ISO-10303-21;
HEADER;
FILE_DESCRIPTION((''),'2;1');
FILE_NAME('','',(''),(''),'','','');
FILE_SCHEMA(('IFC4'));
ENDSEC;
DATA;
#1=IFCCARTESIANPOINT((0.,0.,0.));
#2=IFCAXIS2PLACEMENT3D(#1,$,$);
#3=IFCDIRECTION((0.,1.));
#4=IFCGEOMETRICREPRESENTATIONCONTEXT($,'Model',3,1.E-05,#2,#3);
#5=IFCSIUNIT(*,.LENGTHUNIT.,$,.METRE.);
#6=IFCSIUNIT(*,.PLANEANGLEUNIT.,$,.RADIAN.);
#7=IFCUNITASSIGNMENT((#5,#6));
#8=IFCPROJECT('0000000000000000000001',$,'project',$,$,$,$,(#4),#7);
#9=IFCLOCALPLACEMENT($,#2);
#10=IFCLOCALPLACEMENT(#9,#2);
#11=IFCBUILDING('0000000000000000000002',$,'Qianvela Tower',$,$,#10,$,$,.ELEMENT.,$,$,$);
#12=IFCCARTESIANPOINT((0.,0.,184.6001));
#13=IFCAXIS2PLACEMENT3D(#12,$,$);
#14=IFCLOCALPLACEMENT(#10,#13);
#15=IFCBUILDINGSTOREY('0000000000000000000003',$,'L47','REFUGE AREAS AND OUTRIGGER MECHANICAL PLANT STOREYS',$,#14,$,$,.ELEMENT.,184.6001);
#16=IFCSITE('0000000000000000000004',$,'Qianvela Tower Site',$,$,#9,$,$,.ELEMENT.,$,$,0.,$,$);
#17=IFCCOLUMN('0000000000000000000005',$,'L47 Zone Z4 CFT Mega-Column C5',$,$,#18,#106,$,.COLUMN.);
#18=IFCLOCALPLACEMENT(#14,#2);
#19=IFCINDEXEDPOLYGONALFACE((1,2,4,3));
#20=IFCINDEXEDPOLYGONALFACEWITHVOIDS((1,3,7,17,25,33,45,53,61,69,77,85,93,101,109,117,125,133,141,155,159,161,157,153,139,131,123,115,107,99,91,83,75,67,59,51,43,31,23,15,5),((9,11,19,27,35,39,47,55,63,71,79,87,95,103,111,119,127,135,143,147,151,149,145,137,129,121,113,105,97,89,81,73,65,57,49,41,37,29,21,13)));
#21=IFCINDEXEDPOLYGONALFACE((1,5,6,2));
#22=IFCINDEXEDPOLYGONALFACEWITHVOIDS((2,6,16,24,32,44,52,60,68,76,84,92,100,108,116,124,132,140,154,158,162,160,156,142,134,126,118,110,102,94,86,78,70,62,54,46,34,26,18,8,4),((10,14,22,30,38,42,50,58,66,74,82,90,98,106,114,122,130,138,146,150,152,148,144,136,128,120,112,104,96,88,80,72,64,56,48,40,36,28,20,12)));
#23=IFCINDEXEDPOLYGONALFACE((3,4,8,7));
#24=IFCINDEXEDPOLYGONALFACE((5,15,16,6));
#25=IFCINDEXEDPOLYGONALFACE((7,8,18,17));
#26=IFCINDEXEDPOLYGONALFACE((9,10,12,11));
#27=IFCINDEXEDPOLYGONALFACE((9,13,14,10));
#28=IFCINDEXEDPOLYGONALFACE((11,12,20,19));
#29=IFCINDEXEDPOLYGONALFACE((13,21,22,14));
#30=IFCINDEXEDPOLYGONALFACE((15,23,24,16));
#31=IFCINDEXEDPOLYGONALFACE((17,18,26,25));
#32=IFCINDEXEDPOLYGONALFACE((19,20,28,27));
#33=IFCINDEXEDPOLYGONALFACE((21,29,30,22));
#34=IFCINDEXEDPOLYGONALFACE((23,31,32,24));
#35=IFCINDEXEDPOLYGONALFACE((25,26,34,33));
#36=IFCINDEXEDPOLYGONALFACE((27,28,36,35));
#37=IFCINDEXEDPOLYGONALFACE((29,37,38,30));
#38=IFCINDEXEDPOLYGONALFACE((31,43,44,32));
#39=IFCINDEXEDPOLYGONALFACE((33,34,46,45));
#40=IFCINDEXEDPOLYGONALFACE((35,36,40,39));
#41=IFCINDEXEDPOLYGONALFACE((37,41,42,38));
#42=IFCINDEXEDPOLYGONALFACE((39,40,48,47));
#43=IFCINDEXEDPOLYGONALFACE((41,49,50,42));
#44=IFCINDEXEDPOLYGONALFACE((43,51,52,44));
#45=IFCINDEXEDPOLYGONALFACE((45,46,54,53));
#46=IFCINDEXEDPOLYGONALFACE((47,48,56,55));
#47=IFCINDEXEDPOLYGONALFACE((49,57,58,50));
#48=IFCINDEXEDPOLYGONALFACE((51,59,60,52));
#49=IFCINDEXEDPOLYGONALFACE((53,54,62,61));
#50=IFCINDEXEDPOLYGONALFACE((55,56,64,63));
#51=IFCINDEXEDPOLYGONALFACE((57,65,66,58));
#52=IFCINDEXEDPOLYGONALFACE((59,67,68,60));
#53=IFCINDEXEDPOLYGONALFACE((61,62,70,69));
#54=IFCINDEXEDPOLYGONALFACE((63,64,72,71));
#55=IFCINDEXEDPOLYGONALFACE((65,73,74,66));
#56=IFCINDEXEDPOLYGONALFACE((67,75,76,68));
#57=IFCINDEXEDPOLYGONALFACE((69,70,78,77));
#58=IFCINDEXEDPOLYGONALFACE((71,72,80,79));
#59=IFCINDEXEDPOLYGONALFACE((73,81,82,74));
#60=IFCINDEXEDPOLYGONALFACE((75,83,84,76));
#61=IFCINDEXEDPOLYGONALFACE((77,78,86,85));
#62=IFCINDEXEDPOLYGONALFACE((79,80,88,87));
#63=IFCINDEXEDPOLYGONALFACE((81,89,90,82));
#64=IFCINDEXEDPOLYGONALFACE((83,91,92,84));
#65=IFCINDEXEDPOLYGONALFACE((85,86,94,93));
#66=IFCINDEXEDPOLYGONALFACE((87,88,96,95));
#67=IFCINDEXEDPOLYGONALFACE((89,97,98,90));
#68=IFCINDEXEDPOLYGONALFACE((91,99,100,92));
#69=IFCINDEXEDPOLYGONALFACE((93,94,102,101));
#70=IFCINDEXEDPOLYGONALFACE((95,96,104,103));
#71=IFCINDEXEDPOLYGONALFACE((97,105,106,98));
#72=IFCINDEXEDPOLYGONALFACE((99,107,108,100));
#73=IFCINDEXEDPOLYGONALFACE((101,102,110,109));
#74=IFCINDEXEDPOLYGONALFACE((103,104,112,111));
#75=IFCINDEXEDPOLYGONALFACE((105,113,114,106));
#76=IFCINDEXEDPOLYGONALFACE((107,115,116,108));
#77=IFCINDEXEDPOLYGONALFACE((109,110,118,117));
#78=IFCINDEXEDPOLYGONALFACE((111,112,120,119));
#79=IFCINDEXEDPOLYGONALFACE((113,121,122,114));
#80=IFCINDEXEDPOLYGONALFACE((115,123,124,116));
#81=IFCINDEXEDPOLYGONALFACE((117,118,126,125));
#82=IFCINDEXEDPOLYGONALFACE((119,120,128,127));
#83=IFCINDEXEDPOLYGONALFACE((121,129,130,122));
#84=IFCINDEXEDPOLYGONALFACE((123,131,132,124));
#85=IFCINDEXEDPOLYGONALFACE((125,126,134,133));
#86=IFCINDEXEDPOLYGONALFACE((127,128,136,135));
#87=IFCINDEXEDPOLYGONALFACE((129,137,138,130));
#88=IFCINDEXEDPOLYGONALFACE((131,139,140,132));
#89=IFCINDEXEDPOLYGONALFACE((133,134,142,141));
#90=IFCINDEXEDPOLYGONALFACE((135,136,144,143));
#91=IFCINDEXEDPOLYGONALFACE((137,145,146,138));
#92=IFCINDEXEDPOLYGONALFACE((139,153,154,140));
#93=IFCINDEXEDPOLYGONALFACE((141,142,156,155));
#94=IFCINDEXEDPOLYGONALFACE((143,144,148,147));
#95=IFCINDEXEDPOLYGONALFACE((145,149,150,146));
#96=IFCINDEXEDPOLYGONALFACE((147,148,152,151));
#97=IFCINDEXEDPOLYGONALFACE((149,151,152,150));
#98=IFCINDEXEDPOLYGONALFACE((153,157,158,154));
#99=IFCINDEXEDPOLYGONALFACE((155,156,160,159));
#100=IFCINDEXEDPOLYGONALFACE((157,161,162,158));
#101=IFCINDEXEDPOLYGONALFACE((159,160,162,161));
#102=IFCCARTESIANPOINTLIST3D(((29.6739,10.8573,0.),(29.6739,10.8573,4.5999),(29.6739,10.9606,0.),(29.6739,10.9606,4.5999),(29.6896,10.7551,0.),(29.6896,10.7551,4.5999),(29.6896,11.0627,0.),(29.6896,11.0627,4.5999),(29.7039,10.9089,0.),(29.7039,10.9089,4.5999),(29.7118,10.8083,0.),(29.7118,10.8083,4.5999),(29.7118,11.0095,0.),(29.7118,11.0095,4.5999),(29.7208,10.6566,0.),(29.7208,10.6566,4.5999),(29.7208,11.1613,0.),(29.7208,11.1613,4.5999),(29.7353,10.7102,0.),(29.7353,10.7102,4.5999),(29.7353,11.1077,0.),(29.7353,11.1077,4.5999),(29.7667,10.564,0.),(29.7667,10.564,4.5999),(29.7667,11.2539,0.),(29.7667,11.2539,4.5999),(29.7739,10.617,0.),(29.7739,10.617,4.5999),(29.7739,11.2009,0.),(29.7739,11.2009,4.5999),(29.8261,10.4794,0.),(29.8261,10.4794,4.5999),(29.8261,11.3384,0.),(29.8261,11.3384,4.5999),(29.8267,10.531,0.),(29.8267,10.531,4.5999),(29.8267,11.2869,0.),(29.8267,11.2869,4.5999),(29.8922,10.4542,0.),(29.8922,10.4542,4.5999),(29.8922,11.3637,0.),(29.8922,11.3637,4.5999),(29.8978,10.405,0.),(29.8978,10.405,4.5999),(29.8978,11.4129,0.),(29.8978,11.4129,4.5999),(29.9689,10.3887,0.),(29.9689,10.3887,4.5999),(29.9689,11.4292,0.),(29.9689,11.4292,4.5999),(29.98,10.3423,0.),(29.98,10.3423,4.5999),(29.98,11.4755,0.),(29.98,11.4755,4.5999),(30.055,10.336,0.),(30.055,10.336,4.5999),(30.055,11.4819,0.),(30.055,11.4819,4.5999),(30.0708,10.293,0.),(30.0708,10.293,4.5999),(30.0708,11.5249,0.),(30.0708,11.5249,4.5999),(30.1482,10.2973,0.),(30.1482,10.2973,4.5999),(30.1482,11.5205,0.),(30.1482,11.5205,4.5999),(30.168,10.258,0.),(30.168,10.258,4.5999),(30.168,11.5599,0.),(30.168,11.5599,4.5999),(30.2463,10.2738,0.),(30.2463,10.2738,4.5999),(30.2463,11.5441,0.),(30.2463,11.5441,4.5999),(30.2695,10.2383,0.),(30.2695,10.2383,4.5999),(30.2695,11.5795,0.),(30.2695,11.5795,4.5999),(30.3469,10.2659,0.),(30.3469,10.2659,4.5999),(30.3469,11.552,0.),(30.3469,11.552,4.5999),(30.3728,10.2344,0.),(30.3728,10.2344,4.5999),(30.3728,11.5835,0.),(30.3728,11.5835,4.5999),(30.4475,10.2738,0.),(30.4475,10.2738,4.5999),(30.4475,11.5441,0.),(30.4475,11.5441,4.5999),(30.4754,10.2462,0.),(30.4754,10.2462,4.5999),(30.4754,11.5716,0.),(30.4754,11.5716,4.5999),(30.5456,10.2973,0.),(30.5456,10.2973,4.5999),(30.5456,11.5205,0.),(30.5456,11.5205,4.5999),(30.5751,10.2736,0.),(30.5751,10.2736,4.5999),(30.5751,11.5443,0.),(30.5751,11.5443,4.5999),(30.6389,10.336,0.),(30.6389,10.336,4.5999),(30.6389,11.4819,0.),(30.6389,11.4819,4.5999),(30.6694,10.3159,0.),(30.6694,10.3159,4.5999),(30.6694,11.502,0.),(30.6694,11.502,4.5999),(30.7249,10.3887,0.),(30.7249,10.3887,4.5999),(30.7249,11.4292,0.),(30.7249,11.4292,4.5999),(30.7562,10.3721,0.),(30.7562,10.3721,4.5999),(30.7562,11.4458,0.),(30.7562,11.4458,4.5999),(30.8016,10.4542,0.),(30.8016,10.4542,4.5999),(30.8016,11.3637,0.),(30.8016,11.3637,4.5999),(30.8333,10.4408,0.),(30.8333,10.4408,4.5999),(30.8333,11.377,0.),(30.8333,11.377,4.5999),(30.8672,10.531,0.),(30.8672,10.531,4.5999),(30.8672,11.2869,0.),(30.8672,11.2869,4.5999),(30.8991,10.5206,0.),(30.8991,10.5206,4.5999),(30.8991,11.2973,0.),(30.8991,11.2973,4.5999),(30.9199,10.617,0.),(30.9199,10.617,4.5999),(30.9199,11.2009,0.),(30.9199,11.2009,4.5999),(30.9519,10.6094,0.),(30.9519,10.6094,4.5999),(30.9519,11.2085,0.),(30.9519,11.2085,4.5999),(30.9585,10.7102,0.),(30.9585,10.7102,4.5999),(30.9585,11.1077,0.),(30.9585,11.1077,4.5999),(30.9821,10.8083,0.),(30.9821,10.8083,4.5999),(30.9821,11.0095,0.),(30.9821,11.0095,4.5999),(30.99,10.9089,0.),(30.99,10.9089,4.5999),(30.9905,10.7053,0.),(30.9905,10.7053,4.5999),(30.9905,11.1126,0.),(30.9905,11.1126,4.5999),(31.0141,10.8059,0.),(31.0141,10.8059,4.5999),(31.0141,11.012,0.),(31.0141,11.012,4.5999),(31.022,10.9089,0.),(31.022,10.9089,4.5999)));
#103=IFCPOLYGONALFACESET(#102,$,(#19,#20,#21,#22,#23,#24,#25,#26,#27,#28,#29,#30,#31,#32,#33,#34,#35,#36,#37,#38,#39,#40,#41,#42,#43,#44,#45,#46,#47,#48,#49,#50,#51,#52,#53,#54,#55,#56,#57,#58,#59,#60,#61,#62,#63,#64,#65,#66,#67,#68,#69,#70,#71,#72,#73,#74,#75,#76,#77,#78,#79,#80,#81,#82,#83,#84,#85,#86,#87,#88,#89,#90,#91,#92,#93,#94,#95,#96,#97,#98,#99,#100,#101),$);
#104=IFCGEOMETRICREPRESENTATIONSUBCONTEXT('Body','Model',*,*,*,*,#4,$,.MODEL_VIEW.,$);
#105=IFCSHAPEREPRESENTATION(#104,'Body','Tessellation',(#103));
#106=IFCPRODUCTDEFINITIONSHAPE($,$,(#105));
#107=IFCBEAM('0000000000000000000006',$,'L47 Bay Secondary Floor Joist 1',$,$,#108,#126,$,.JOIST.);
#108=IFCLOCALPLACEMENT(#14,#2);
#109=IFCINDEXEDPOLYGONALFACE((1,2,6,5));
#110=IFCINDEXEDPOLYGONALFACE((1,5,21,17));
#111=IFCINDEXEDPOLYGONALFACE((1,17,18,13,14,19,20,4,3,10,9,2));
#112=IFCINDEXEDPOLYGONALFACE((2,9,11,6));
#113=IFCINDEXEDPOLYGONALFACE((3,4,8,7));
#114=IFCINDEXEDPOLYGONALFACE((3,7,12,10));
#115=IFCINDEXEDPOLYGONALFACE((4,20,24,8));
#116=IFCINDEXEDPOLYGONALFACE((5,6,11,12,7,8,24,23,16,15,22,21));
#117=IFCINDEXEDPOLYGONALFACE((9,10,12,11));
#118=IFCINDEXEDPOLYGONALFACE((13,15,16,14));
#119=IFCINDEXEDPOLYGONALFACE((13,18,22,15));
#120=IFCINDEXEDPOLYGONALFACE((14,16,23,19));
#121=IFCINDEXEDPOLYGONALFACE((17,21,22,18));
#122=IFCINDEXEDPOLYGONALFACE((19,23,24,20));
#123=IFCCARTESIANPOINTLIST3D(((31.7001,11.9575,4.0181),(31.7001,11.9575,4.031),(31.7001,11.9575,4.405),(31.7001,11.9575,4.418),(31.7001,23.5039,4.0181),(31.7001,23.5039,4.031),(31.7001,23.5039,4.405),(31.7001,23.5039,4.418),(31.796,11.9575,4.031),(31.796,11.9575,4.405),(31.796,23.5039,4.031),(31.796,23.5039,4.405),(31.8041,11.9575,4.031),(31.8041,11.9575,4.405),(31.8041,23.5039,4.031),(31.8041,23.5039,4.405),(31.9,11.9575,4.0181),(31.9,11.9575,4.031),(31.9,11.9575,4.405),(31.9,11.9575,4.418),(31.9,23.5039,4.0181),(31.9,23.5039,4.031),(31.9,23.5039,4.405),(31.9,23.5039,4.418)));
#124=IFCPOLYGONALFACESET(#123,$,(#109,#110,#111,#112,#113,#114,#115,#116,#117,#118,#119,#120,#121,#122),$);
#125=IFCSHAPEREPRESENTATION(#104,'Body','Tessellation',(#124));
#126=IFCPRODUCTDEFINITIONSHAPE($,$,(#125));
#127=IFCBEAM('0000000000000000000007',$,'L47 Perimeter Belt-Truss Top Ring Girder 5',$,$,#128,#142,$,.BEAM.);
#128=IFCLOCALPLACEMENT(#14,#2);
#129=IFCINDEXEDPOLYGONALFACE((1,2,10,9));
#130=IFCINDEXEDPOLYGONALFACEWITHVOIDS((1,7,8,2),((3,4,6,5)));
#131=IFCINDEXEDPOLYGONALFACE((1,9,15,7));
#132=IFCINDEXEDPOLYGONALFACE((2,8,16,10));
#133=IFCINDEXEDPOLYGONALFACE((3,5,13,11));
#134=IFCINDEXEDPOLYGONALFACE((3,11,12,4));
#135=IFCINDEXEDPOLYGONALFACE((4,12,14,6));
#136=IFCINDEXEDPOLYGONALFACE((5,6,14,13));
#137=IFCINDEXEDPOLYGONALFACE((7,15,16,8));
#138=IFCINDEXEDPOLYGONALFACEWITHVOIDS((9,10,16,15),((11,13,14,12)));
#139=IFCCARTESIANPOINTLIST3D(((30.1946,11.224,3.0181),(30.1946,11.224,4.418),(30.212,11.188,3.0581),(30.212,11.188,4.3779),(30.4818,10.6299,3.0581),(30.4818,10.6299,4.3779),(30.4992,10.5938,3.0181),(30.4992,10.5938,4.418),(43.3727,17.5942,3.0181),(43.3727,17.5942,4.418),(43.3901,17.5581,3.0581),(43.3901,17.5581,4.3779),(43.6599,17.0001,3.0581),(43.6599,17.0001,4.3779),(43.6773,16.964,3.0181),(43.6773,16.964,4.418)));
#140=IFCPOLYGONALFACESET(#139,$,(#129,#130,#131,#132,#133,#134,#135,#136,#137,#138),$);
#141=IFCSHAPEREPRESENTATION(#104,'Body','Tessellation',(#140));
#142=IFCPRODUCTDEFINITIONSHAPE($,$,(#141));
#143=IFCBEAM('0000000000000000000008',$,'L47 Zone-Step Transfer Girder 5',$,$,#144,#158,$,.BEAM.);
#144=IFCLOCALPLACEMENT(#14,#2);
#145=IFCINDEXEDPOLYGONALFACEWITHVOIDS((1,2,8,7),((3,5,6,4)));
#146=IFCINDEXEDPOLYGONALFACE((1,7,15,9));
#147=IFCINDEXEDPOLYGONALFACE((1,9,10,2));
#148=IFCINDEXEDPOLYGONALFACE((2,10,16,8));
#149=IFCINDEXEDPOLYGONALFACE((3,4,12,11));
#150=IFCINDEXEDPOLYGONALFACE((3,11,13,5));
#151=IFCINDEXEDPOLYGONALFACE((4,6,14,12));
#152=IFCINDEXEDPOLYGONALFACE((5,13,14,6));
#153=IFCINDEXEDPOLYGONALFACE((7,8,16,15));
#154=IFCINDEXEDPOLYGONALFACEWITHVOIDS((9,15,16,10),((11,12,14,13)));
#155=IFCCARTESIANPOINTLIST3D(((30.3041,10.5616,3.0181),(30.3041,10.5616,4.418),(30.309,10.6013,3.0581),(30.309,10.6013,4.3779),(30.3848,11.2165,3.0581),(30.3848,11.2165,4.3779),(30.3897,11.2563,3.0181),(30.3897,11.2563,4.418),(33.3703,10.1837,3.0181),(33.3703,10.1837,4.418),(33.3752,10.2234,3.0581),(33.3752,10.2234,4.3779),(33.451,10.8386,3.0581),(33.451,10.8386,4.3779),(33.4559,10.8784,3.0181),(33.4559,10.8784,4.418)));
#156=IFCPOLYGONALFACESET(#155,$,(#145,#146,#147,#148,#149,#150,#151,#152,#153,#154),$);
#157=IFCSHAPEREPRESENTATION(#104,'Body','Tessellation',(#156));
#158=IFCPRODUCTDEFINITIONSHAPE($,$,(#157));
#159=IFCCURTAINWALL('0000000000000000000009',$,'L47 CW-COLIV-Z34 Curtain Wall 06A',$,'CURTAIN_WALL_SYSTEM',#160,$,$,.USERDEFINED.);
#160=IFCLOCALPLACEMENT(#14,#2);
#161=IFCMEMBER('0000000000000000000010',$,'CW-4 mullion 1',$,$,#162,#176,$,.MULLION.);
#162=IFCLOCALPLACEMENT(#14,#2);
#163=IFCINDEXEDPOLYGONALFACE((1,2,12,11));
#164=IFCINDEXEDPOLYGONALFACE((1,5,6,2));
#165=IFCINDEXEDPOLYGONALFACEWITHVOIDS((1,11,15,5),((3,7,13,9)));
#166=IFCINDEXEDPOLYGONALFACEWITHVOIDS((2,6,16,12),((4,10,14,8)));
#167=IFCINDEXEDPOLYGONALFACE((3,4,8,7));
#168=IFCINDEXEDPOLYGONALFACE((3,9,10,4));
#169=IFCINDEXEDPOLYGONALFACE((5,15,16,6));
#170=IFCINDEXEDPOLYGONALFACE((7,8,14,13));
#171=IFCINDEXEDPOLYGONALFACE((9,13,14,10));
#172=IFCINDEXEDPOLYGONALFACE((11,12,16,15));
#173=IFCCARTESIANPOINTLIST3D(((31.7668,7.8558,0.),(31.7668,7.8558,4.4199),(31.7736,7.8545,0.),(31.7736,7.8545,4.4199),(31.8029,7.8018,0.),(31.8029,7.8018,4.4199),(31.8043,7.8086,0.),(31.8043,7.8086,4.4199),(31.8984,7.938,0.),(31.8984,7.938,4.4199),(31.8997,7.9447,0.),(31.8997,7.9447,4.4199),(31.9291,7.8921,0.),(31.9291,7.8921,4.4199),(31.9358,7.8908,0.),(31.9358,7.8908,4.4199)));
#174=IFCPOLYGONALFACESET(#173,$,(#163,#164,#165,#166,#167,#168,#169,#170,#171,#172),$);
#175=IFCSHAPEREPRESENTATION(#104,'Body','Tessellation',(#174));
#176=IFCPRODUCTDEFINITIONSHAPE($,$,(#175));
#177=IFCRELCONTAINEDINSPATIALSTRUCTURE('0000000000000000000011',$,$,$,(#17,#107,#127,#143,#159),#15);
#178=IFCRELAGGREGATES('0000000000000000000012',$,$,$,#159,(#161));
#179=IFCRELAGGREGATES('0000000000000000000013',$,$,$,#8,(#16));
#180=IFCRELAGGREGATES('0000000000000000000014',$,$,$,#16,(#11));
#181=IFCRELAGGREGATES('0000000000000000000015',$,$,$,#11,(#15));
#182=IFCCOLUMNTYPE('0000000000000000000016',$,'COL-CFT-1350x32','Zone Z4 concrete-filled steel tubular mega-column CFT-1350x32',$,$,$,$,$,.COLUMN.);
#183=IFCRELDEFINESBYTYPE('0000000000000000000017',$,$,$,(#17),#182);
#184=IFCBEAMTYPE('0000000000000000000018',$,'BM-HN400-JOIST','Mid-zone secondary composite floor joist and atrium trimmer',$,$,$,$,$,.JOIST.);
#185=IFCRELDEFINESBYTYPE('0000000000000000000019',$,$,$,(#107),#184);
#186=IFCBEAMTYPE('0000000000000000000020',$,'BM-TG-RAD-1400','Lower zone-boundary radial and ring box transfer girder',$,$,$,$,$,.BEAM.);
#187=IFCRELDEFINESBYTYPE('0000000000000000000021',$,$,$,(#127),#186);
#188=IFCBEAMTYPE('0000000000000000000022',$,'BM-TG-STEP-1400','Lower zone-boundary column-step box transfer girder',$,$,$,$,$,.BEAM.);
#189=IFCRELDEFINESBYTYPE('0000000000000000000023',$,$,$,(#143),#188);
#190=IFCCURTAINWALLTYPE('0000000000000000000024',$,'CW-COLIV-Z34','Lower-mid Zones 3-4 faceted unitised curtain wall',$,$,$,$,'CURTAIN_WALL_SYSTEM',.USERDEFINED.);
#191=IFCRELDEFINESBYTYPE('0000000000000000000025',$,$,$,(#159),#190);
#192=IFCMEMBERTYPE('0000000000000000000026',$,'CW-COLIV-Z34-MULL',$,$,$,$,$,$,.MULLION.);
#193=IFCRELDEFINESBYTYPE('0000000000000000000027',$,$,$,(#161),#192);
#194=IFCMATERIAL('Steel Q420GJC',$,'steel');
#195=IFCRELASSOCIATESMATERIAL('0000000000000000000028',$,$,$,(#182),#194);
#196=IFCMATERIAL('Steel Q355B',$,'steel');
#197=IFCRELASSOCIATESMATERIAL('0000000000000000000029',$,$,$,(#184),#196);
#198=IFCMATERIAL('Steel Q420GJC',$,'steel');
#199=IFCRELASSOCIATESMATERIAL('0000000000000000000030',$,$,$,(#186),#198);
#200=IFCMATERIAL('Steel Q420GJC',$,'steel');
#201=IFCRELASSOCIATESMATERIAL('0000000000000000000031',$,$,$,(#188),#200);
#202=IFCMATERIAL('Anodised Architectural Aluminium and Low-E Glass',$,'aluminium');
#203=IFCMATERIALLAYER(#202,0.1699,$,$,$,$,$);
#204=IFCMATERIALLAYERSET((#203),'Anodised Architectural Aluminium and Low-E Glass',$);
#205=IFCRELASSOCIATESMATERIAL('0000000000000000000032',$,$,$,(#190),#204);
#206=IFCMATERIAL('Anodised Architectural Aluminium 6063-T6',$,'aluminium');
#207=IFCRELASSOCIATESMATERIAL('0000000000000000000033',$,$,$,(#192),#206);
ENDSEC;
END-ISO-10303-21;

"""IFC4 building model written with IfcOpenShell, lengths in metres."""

from ifc_helpers import new_model, si_unit, direction, frame, origin, origin_2d, place, context, subcontext, project, spatial, hollow_rectangle, hollow_circle, i_section, extrude, material, layer, layer_set, material_profile, profile_set, type_object, element, aggregate, save


model = new_model("IFC4")

# Units and contexts
model_context = context("Model", 3, precision=1e-05, world=origin(), true_north=direction((0.0, 1.0)))
body_context = subcontext(model_context, "Body", "Model", "MODEL_VIEW")
ifc_project = project(units=[si_unit("LENGTHUNIT", "METRE"), si_unit("PLANEANGLEUNIT", "RADIAN")], contexts=[model_context])

# Site, building, storey
site_placement = place(None, origin())
site = spatial("IfcSite", under=ifc_project, at=site_placement, Name="Qianvela Tower Site", CompositionType="ELEMENT", RefElevation=0.0)
building_placement = place(site_placement, origin())
building = spatial("IfcBuilding", under=site, at=building_placement, Name="Qianvela Tower", CompositionType="ELEMENT")
storey_placement = place(building_placement, frame((0.0, 0.0, 184.6001)))
storey = spatial("IfcBuildingStorey", under=building, at=storey_placement, Name="L47", Description="REFUGE AREAS AND OUTRIGGER MECHANICAL PLANT STOREYS", CompositionType="ELEMENT", Elevation=184.6001)

# Column
ifc_material_1 = material(Name="Steel Q420GJC", Category="steel")
ifc_material_profile_1 = material_profile(ifc_material_1, hollow_circle(Radius=0.675, WallThickness=0.032, at=origin_2d()), Name="CFT-1350x32")
ifc_profile_set_1 = profile_set([ifc_material_profile_1], Name="Steel Q420GJC")
column_type = type_object("IfcColumnType", Name="COL-CFT-1350x32", Description="Zone Z4 concrete-filled steel tubular mega-column CFT-1350x32", PredefinedType="COLUMN", material=ifc_profile_set_1)
column_placement = place(storey_placement, frame((30.3469, 10.9089, 0.0), z_axis=(0.0, 0.0, 1.0), x_axis=(1.0, 0.0, 0.0)))
element("IfcColumn", 1, at=column_placement, inside=storey, type_object=column_type, Name="L47 Zone Z4 CFT Mega-Column C5", PredefinedType="COLUMN", context=body_context, shape_type="SweptSolid", body=[
    extrude(hollow_circle(Radius=0.675, WallThickness=0.032, at=origin_2d()), origin(), (0.0, 0.0, 1.0), 4.5999),
])

# Beams
ifc_material_2 = material(Name="Steel Q355B", Category="steel")
ifc_material_profile_2 = material_profile(ifc_material_2, i_section(OverallWidth=0.2, OverallDepth=0.3999, WebThickness=0.0081, FlangeThickness=0.0129, at=origin_2d()), Name="HN400x200x8x13")
ifc_profile_set_2 = profile_set([ifc_material_profile_2], Name="Steel Q355B")
beam_type_1 = type_object("IfcBeamType", Name="BM-HN400-JOIST", Description="Mid-zone secondary composite floor joist and atrium trimmer", PredefinedType="JOIST", material=ifc_profile_set_2)
beam_1_placement = place(storey_placement, frame((31.8, 11.9575, 4.218), z_axis=(0.0, 1.0, 0.0), x_axis=(-1.0, 0.0, 0.0)))
element("IfcBeam", 2, at=beam_1_placement, inside=storey, type_object=beam_type_1, Name="L47 Bay Secondary Floor Joist 1", PredefinedType="JOIST", context=body_context, shape_type="SweptSolid", body=[
    extrude(i_section(OverallWidth=0.2, OverallDepth=0.3999, WebThickness=0.0081, FlangeThickness=0.0129, at=origin_2d()), origin(), (0.0, 0.0, 1.0), 11.5464),
])
ifc_material_3 = material(Name="Steel Q420GJC", Category="steel")
ifc_material_profile_3 = material_profile(ifc_material_3, hollow_rectangle(XDim=0.7, YDim=1.3999, WallThickness=0.04, at=origin_2d()), Name="TG-BOX-1400x700x40")
ifc_profile_set_3 = profile_set([ifc_material_profile_3], Name="Steel Q420GJC")
beam_type_2 = type_object("IfcBeamType", Name="BM-TG-RAD-1400", Description="Lower zone-boundary radial and ring box transfer girder", PredefinedType="BEAM", material=ifc_profile_set_3)
beam_2_placement = place(storey_placement, frame((30.3469, 10.9089, 3.718), z_axis=(0.900329, 0.435211, 0.0), x_axis=(-0.435211, 0.900329, 0.0)))
element("IfcBeam", 3, at=beam_2_placement, inside=storey, type_object=beam_type_2, Name="L47 Perimeter Belt-Truss Top Ring Girder 5", PredefinedType="BEAM", context=body_context, shape_type="SweptSolid", body=[
    extrude(hollow_rectangle(XDim=0.7, YDim=1.3999, WallThickness=0.04, at=origin_2d()), origin(), (0.0, 0.0, 1.0), 14.637),
])
ifc_material_4 = material(Name="Steel Q420GJC", Category="steel")
ifc_material_profile_4 = material_profile(ifc_material_4, hollow_rectangle(XDim=0.7, YDim=1.3999, WallThickness=0.04, at=origin_2d()), Name="TG-BOX-1400x700x40")
ifc_profile_set_4 = profile_set([ifc_material_profile_4], Name="Steel Q420GJC")
beam_type_3 = type_object("IfcBeamType", Name="BM-TG-STEP-1400", Description="Lower zone-boundary column-step box transfer girder", PredefinedType="BEAM", material=ifc_profile_set_4)
beam_3_placement = place(storey_placement, frame((30.3469, 10.9089, 3.718), z_axis=(0.992489, -0.122332, 0.0), x_axis=(0.122332, 0.992489, 0.0)))
element("IfcBeam", 4, at=beam_3_placement, inside=storey, type_object=beam_type_3, Name="L47 Zone-Step Transfer Girder 5", PredefinedType="BEAM", context=body_context, shape_type="SweptSolid", body=[
    extrude(hollow_rectangle(XDim=0.7, YDim=1.3999, WallThickness=0.04, at=origin_2d()), origin(), (0.0, 0.0, 1.0), 3.0894),
])

# Curtain wall, member
ifc_material_5 = material(Name="Anodised Architectural Aluminium and Low-E Glass", Category="aluminium")
ifc_layer_1 = layer(ifc_material_5, 0.1699)
ifc_layer_set_1 = layer_set([ifc_layer_1], Name="Anodised Architectural Aluminium and Low-E Glass")
curtain_wall_type = type_object("IfcCurtainWallType", Name="CW-COLIV-Z34", Description="Lower-mid Zones 3-4 faceted unitised curtain wall", ElementType="CURTAIN_WALL_SYSTEM", PredefinedType="USERDEFINED", material=ifc_layer_set_1)
curtain_wall_placement = place(storey_placement, origin())
curtain_wall = element("IfcCurtainWall", 5, at=curtain_wall_placement, inside=storey, type_object=curtain_wall_type, Name="L47 CW-COLIV-Z34 Curtain Wall 06A", ObjectType="CURTAIN_WALL_SYSTEM", PredefinedType="USERDEFINED")
ifc_material_6 = material(Name="Anodised Architectural Aluminium 6063-T6", Category="aluminium")
ifc_material_profile_5 = material_profile(ifc_material_6, hollow_rectangle(XDim=0.0649, YDim=0.1599, WallThickness=0.0049, at=origin_2d()), Name="ALU-MULL-65x160")
ifc_profile_set_5 = profile_set([ifc_material_profile_5], Name="Anodised Architectural Aluminium 6063-T6")
member_type_1 = type_object("IfcMemberType", Name="CW-COLIV-Z34-MULL", PredefinedType="MULLION", material=ifc_profile_set_5)
member_1_placement = place(storey_placement, frame((31.8513, 7.8733, 0.0), z_axis=(0.0, 0.0, 1.0), x_axis=(-0.556193, 0.831053, 0.0)))
member_1 = element("IfcMember", 6, at=member_1_placement, type_object=member_type_1, Name="CW-4 mullion 1", PredefinedType="MULLION", context=body_context, shape_type="SweptSolid", body=[
    extrude(hollow_rectangle(XDim=0.0649, YDim=0.1599, WallThickness=0.0049, at=origin_2d()), origin(), (0.0, 0.0, 1.0), 4.4199),
])
aggregate(curtain_wall, [member_1])

save(model, "model.ifc")
